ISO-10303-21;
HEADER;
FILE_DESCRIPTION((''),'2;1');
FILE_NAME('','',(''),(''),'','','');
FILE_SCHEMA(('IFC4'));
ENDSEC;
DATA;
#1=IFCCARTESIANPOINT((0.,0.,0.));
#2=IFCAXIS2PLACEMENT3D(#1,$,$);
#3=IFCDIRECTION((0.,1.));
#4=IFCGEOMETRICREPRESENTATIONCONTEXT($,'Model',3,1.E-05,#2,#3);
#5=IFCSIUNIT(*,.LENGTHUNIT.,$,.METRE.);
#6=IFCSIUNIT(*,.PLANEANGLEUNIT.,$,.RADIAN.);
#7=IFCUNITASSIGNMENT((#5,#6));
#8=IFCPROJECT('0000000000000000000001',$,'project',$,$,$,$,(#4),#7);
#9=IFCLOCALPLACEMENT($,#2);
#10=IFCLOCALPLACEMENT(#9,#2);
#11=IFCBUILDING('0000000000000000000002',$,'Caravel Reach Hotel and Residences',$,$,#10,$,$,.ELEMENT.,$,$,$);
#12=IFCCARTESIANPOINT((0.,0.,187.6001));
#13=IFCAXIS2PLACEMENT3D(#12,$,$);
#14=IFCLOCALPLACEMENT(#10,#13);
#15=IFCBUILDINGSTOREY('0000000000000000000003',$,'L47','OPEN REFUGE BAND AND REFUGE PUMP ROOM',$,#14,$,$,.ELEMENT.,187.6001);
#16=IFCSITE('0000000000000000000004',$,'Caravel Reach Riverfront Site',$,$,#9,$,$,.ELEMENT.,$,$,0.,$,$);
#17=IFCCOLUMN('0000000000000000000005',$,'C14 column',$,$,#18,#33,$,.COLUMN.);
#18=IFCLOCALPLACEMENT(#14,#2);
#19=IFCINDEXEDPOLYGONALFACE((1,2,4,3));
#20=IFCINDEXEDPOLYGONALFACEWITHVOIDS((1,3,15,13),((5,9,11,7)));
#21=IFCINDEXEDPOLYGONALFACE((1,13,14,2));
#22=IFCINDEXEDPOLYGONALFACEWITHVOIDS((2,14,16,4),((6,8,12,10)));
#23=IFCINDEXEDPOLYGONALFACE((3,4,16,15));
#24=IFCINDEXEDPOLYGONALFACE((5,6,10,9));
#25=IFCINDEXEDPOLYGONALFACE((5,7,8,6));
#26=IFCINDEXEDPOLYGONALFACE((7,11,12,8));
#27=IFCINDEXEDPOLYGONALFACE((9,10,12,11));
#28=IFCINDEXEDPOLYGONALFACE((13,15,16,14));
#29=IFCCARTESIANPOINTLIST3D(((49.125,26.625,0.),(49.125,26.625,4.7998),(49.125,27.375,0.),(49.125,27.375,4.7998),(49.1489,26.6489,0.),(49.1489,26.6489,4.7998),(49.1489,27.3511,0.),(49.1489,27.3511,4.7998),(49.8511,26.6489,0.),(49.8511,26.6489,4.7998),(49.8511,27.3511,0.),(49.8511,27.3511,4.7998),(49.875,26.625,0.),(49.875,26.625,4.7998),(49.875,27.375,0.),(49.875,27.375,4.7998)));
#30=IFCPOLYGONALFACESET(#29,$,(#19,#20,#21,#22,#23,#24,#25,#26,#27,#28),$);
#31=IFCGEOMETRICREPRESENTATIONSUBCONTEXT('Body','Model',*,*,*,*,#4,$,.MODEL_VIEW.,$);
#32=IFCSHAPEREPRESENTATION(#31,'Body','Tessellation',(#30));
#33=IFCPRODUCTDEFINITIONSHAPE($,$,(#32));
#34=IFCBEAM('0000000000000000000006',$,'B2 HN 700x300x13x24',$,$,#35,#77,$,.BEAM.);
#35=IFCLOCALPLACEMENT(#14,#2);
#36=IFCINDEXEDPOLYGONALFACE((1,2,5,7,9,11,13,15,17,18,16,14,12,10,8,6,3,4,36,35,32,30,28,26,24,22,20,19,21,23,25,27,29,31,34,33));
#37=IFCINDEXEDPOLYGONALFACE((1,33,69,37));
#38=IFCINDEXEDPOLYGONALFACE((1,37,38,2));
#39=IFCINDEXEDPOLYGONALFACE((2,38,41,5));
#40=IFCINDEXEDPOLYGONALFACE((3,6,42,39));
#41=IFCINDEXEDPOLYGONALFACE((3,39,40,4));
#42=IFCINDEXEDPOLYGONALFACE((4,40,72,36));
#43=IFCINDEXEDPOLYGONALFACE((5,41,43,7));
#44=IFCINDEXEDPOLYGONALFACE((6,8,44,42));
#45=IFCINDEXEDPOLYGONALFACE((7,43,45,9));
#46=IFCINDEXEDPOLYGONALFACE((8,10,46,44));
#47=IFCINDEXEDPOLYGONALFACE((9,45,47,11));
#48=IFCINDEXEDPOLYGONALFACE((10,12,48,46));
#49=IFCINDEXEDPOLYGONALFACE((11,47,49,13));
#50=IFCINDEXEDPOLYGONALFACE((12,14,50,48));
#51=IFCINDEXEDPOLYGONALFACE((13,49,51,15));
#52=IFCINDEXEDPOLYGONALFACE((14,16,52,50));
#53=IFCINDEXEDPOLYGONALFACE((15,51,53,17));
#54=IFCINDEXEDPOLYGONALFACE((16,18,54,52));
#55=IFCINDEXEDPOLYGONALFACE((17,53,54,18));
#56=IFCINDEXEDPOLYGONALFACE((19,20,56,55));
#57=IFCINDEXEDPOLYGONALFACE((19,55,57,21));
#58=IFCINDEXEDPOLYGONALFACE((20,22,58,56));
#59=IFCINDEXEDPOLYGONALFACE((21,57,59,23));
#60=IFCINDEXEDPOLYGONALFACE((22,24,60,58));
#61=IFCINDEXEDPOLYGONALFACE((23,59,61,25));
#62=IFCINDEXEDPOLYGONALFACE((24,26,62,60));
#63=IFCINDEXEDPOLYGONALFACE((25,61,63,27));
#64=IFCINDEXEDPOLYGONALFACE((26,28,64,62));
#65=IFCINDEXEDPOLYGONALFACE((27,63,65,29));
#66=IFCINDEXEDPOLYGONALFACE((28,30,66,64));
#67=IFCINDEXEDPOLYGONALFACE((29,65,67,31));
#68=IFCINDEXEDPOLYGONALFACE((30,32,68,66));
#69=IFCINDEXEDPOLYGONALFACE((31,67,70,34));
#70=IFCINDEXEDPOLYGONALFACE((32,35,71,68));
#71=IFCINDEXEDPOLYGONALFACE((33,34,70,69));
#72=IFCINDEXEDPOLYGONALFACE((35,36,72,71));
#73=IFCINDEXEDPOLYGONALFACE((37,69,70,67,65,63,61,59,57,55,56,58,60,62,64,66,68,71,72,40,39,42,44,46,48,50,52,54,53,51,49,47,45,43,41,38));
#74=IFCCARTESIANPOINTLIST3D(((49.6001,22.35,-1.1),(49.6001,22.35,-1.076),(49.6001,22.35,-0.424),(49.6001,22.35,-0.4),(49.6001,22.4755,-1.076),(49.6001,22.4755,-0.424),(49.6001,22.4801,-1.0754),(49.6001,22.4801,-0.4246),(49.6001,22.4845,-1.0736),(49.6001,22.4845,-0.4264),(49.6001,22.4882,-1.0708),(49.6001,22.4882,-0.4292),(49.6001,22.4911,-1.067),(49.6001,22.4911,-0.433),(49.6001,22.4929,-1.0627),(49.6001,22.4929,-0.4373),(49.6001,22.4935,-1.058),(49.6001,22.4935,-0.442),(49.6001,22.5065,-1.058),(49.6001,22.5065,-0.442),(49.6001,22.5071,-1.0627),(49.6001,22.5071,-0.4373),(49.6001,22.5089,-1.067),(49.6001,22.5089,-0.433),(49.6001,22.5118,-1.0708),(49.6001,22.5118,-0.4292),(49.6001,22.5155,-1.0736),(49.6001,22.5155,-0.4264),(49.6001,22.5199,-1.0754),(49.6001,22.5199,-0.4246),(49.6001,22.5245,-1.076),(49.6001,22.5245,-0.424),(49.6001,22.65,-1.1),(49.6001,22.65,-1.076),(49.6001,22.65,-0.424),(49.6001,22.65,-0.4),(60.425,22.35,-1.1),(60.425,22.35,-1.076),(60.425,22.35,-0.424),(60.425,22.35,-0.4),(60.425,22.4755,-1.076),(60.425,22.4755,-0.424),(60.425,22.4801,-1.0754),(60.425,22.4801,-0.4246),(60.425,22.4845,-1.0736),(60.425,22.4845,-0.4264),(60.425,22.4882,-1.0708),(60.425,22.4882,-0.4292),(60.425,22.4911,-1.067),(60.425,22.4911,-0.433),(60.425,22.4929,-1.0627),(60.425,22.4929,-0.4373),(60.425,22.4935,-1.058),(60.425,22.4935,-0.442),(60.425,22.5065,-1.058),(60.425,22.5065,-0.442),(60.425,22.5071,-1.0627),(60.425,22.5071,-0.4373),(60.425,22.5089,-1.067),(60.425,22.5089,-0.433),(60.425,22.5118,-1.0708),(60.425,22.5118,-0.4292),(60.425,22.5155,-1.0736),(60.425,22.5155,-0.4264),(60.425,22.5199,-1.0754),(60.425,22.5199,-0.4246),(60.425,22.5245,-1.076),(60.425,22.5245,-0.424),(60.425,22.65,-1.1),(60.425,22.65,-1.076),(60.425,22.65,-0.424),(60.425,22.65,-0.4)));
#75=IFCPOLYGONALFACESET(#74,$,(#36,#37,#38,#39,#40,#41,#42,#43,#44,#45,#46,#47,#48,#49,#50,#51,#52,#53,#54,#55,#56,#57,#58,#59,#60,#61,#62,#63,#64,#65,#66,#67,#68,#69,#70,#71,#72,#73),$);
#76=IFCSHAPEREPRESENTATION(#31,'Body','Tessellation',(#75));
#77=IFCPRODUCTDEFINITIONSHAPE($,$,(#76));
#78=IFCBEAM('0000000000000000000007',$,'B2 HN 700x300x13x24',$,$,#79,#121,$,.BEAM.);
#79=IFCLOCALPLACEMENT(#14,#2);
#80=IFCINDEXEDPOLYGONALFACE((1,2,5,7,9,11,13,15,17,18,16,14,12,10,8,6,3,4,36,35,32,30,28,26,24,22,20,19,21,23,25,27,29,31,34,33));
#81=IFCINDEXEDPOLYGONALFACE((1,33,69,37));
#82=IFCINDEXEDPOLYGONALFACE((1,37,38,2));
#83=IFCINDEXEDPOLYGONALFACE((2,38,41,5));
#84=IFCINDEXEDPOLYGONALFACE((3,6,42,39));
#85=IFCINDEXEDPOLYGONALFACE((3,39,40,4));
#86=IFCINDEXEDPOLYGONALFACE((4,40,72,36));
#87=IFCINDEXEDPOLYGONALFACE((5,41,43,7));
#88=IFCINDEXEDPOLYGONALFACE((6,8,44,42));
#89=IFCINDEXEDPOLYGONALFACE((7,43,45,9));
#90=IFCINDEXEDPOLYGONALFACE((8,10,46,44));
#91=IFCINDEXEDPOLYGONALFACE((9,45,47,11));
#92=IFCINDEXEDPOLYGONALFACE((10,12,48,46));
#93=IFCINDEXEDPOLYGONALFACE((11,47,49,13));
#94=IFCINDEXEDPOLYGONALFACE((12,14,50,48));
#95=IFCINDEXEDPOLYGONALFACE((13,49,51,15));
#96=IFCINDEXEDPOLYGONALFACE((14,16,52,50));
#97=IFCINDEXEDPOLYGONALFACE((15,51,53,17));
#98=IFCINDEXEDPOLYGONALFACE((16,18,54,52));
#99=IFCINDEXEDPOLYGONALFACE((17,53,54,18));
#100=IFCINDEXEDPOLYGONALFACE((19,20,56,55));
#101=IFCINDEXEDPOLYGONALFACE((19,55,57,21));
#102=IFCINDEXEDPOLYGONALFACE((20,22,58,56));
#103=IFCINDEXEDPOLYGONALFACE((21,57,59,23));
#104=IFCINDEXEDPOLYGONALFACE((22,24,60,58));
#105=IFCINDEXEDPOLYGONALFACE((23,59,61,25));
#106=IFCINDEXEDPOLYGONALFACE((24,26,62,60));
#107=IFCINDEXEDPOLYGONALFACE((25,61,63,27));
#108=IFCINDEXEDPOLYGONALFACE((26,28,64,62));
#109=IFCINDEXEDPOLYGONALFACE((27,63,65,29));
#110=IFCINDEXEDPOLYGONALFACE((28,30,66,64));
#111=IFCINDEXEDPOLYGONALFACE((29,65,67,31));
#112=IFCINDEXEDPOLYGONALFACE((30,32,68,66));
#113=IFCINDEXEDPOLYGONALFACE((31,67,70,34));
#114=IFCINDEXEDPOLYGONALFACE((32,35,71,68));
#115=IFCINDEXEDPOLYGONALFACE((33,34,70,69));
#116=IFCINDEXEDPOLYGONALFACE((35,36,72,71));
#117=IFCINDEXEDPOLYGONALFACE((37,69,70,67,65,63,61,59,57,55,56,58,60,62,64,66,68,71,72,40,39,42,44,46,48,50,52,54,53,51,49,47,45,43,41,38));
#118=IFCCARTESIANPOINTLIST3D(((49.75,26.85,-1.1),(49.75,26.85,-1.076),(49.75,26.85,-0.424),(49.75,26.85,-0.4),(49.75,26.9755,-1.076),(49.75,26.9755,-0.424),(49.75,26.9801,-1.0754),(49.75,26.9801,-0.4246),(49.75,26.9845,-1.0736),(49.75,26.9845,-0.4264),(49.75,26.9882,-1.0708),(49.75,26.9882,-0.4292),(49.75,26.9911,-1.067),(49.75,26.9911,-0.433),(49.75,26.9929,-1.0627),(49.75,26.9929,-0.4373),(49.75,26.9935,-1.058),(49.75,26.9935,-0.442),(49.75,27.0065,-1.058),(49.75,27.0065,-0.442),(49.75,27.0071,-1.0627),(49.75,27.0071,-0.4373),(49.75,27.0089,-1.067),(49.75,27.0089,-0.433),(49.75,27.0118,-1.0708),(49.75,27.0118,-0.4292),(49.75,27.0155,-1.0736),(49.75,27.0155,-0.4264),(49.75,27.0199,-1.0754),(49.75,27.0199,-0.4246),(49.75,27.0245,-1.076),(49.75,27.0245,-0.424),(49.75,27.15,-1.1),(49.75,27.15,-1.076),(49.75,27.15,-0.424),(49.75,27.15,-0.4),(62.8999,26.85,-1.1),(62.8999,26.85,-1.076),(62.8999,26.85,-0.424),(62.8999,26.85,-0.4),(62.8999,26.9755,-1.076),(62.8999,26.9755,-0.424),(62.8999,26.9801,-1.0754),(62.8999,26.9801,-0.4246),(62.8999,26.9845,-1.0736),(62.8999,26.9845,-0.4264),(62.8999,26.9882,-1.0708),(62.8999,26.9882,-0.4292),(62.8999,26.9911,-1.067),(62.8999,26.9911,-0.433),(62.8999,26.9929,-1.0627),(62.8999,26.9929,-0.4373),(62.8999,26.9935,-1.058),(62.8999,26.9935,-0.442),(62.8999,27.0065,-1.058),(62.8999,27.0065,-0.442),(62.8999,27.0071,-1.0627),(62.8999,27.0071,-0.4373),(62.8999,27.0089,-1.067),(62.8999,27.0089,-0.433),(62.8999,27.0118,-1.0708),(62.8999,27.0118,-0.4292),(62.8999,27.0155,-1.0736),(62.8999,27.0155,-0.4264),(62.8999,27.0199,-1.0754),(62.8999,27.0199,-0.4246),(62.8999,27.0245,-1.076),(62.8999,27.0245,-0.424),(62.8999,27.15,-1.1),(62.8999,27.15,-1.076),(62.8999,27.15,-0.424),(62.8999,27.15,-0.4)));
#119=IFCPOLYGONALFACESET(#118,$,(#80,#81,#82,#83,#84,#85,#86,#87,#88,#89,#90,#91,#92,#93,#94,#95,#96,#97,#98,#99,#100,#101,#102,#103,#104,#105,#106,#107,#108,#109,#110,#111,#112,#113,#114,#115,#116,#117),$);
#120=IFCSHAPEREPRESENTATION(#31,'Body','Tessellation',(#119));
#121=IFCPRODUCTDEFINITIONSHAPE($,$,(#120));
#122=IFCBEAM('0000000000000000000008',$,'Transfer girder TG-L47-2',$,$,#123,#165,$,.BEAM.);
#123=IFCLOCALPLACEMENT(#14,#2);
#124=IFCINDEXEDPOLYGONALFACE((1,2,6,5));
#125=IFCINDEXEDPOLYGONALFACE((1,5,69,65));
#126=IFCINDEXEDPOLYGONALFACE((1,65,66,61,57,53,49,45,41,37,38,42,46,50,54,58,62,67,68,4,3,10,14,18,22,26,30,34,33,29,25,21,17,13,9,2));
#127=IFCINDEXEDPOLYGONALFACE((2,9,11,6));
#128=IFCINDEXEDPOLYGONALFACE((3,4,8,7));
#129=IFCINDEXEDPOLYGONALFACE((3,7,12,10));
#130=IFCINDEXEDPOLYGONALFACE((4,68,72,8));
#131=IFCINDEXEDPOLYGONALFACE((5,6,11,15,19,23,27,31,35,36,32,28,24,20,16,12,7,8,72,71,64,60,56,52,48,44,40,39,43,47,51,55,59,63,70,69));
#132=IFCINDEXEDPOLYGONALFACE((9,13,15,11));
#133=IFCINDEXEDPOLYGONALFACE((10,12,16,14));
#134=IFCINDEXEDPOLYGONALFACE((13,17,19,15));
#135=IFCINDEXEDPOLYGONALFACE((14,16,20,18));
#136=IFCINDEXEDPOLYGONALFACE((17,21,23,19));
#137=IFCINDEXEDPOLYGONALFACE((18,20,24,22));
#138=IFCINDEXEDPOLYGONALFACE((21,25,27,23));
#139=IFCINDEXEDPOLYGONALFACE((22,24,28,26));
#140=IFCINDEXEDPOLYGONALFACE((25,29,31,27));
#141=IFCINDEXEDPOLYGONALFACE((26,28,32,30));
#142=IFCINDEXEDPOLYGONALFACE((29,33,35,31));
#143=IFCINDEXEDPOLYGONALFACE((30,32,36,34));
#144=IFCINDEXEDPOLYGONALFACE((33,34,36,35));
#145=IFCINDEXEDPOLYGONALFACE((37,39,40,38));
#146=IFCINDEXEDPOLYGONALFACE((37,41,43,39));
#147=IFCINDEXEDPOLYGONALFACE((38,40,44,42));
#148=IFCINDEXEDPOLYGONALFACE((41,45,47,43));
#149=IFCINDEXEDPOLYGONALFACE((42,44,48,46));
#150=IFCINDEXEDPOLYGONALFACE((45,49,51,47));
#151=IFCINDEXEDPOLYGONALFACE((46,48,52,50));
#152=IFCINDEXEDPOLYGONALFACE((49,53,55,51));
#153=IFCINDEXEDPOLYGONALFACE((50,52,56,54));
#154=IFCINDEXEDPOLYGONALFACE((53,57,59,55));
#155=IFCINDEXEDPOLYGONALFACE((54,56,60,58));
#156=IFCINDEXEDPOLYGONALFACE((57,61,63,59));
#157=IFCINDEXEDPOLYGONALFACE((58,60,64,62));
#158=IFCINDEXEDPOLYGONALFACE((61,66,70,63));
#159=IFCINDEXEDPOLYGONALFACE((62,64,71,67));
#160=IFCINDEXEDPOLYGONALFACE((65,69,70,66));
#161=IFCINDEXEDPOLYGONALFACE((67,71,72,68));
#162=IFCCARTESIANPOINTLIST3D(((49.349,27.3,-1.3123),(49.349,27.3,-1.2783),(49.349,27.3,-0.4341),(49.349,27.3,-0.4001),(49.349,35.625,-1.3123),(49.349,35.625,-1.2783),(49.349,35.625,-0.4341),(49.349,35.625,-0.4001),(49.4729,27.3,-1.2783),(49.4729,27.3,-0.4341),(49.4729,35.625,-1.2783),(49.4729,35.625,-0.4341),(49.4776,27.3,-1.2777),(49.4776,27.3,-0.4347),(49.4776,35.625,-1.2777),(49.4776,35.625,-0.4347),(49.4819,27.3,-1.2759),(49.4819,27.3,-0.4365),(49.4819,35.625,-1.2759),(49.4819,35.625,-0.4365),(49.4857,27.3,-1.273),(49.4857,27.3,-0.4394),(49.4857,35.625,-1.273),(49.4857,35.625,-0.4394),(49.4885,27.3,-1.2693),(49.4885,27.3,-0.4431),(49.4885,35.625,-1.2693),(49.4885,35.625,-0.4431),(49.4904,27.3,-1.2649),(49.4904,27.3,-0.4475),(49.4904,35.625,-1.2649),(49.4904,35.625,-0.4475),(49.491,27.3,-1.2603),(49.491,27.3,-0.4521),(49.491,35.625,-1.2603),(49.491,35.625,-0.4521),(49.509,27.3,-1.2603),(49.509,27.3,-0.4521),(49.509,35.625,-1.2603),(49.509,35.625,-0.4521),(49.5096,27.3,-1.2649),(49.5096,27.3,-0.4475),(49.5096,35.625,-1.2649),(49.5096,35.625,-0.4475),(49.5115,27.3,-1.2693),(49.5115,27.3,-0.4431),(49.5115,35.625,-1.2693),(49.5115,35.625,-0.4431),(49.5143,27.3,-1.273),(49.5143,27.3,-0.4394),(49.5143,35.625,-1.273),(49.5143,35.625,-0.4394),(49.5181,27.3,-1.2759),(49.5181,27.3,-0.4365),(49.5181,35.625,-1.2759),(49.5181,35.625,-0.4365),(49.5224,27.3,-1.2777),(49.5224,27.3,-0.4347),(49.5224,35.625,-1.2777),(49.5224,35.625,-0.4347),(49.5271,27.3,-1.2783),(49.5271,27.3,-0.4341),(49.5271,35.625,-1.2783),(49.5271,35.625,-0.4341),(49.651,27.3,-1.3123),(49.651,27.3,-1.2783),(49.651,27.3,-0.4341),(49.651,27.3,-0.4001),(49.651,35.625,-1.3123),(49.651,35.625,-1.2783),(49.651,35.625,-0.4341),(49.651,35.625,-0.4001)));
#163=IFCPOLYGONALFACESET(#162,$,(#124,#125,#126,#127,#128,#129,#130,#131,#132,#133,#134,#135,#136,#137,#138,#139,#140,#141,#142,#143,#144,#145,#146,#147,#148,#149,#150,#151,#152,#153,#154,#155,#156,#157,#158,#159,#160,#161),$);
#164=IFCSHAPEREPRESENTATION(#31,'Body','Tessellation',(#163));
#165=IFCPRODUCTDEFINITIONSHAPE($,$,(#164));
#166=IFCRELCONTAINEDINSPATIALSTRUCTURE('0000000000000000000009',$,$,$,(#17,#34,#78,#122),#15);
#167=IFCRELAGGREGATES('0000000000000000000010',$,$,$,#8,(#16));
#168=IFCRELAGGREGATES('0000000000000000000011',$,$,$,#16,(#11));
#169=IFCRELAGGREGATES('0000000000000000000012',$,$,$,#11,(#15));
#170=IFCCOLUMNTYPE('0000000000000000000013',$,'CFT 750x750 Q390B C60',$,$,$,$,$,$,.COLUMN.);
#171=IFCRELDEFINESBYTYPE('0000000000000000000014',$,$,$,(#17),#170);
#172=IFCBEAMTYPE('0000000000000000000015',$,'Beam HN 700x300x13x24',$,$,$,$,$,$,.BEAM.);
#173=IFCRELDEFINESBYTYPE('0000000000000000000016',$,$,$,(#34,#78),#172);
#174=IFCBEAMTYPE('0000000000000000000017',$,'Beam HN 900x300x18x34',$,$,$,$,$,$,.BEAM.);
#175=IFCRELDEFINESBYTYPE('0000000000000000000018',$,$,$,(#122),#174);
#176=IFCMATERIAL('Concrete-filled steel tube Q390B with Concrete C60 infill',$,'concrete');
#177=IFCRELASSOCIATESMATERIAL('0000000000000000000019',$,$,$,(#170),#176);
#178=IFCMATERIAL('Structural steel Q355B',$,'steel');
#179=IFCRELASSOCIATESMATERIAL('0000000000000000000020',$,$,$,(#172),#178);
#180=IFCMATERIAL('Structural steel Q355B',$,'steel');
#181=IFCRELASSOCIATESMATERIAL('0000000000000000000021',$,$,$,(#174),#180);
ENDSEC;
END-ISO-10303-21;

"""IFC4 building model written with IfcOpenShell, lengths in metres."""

from ifc_helpers import new_model, si_unit, direction, frame, origin, origin_2d, place, context, subcontext, project, spatial, hollow_rectangle, i_section, extrude, material, material_profile, profile_set, type_object, element, save


model = new_model("IFC4")

# Units and contexts
model_context = context("Model", 3, precision=1e-05, world=origin(), true_north=direction((0.0, 1.0)))
body_context = subcontext(model_context, "Body", "Model", "MODEL_VIEW")
ifc_project = project(units=[si_unit("LENGTHUNIT", "METRE"), si_unit("PLANEANGLEUNIT", "RADIAN")], contexts=[model_context])

# Site, building, storey
site_placement = place(None, origin())
site = spatial("IfcSite", under=ifc_project, at=site_placement, Name="Caravel Reach Riverfront Site", CompositionType="ELEMENT", RefElevation=0.0)
building_placement = place(site_placement, origin())
building = spatial("IfcBuilding", under=site, at=building_placement, Name="Caravel Reach Hotel and Residences", CompositionType="ELEMENT")
storey_placement = place(building_placement, frame((0.0, 0.0, 187.6001)))
storey = spatial("IfcBuildingStorey", under=building, at=storey_placement, Name="L47", Description="OPEN REFUGE BAND AND REFUGE PUMP ROOM", CompositionType="ELEMENT", Elevation=187.6001)

# Column
ifc_material_1 = material(Name="Concrete-filled steel tube Q390B with Concrete C60 infill", Category="concrete")
ifc_material_profile_1 = material_profile(ifc_material_1, hollow_rectangle(XDim=0.75, YDim=0.75, WallThickness=0.0239, at=origin_2d()), Name="RHS 750x750x24")
ifc_profile_set_1 = profile_set([ifc_material_profile_1], Name="Concrete-filled steel tube Q390B with Concrete C60 infill")
column_type = type_object("IfcColumnType", Name="CFT 750x750 Q390B C60", PredefinedType="COLUMN", material=ifc_profile_set_1)
column_placement = place(storey_placement, frame((49.5, 27.0, 0.0), z_axis=(0.0, 0.0, 1.0), x_axis=(1.0, 0.0, 0.0)))
element("IfcColumn", 1, at=column_placement, inside=storey, type_object=column_type, Name="C14 column", PredefinedType="COLUMN", context=body_context, shape_type="SweptSolid", body=[
    extrude(hollow_rectangle(XDim=0.75, YDim=0.75, WallThickness=0.0239, at=origin_2d()), origin(), (0.0, 0.0, 1.0), 4.7998),
])

# Beams
ifc_material_2 = material(Name="Structural steel Q355B", Category="steel")
ifc_material_profile_2 = material_profile(ifc_material_2, i_section(OverallWidth=0.3, OverallDepth=0.7, WebThickness=0.0129, FlangeThickness=0.0239, FilletRadius=0.0181, at=origin_2d()), Name="HN 700x300x13x24")
ifc_profile_set_2 = profile_set([ifc_material_profile_2], Name="Structural steel Q355B")
beam_type_1 = type_object("IfcBeamType", Name="Beam HN 700x300x13x24", PredefinedType="BEAM", material=ifc_profile_set_2)
beam_1_placement = place(storey_placement, frame((49.6001, 22.5, -0.75), z_axis=(1.0, 0.0, 0.0), x_axis=(0.0, 1.0, 0.0)))
element("IfcBeam", 2, at=beam_1_placement, inside=storey, type_object=beam_type_1, Name="B2 HN 700x300x13x24", PredefinedType="BEAM", context=body_context, shape_type="SweptSolid", body=[
    extrude(i_section(OverallWidth=0.3, OverallDepth=0.7, WebThickness=0.0129, FlangeThickness=0.0239, FilletRadius=0.0181, at=origin_2d()), origin(), (0.0, 0.0, 1.0), 10.825),
])
beam_2_placement = place(storey_placement, frame((49.75, 27.0, -0.75), z_axis=(1.0, 0.0, 0.0), x_axis=(0.0, 1.0, 0.0)))
element("IfcBeam", 3, at=beam_2_placement, inside=storey, type_object=beam_type_1, Name="B2 HN 700x300x13x24", PredefinedType="BEAM", context=body_context, shape_type="SweptSolid", body=[
    extrude(i_section(OverallWidth=0.3, OverallDepth=0.7, WebThickness=0.0129, FlangeThickness=0.0239, FilletRadius=0.0181, at=origin_2d()), origin(), (0.0, 0.0, 1.0), 13.1499),
])
ifc_material_3 = material(Name="Structural steel Q355B", Category="steel")
ifc_material_profile_3 = material_profile(ifc_material_3, i_section(OverallWidth=0.302, OverallDepth=0.9121, WebThickness=0.0181, FlangeThickness=0.0339, FilletRadius=0.0181, at=origin_2d()), Name="HN 900x300x18x34")
ifc_profile_set_3 = profile_set([ifc_material_profile_3], Name="Structural steel Q355B")
beam_type_2 = type_object("IfcBeamType", Name="Beam HN 900x300x18x34", PredefinedType="BEAM", material=ifc_profile_set_3)
beam_3_placement = place(storey_placement, frame((49.5, 27.3, -0.8562), z_axis=(0.0, 1.0, 0.0), x_axis=(-1.0, 0.0, 0.0)))
element("IfcBeam", 4, at=beam_3_placement, inside=storey, type_object=beam_type_2, Name="Transfer girder TG-L47-2", PredefinedType="BEAM", context=body_context, shape_type="SweptSolid", body=[
    extrude(i_section(OverallWidth=0.302, OverallDepth=0.9121, WebThickness=0.0181, FlangeThickness=0.0339, FilletRadius=0.0181, at=origin_2d()), origin(), (0.0, 0.0, 1.0), 8.325),
])

save(model, "model.ifc")
